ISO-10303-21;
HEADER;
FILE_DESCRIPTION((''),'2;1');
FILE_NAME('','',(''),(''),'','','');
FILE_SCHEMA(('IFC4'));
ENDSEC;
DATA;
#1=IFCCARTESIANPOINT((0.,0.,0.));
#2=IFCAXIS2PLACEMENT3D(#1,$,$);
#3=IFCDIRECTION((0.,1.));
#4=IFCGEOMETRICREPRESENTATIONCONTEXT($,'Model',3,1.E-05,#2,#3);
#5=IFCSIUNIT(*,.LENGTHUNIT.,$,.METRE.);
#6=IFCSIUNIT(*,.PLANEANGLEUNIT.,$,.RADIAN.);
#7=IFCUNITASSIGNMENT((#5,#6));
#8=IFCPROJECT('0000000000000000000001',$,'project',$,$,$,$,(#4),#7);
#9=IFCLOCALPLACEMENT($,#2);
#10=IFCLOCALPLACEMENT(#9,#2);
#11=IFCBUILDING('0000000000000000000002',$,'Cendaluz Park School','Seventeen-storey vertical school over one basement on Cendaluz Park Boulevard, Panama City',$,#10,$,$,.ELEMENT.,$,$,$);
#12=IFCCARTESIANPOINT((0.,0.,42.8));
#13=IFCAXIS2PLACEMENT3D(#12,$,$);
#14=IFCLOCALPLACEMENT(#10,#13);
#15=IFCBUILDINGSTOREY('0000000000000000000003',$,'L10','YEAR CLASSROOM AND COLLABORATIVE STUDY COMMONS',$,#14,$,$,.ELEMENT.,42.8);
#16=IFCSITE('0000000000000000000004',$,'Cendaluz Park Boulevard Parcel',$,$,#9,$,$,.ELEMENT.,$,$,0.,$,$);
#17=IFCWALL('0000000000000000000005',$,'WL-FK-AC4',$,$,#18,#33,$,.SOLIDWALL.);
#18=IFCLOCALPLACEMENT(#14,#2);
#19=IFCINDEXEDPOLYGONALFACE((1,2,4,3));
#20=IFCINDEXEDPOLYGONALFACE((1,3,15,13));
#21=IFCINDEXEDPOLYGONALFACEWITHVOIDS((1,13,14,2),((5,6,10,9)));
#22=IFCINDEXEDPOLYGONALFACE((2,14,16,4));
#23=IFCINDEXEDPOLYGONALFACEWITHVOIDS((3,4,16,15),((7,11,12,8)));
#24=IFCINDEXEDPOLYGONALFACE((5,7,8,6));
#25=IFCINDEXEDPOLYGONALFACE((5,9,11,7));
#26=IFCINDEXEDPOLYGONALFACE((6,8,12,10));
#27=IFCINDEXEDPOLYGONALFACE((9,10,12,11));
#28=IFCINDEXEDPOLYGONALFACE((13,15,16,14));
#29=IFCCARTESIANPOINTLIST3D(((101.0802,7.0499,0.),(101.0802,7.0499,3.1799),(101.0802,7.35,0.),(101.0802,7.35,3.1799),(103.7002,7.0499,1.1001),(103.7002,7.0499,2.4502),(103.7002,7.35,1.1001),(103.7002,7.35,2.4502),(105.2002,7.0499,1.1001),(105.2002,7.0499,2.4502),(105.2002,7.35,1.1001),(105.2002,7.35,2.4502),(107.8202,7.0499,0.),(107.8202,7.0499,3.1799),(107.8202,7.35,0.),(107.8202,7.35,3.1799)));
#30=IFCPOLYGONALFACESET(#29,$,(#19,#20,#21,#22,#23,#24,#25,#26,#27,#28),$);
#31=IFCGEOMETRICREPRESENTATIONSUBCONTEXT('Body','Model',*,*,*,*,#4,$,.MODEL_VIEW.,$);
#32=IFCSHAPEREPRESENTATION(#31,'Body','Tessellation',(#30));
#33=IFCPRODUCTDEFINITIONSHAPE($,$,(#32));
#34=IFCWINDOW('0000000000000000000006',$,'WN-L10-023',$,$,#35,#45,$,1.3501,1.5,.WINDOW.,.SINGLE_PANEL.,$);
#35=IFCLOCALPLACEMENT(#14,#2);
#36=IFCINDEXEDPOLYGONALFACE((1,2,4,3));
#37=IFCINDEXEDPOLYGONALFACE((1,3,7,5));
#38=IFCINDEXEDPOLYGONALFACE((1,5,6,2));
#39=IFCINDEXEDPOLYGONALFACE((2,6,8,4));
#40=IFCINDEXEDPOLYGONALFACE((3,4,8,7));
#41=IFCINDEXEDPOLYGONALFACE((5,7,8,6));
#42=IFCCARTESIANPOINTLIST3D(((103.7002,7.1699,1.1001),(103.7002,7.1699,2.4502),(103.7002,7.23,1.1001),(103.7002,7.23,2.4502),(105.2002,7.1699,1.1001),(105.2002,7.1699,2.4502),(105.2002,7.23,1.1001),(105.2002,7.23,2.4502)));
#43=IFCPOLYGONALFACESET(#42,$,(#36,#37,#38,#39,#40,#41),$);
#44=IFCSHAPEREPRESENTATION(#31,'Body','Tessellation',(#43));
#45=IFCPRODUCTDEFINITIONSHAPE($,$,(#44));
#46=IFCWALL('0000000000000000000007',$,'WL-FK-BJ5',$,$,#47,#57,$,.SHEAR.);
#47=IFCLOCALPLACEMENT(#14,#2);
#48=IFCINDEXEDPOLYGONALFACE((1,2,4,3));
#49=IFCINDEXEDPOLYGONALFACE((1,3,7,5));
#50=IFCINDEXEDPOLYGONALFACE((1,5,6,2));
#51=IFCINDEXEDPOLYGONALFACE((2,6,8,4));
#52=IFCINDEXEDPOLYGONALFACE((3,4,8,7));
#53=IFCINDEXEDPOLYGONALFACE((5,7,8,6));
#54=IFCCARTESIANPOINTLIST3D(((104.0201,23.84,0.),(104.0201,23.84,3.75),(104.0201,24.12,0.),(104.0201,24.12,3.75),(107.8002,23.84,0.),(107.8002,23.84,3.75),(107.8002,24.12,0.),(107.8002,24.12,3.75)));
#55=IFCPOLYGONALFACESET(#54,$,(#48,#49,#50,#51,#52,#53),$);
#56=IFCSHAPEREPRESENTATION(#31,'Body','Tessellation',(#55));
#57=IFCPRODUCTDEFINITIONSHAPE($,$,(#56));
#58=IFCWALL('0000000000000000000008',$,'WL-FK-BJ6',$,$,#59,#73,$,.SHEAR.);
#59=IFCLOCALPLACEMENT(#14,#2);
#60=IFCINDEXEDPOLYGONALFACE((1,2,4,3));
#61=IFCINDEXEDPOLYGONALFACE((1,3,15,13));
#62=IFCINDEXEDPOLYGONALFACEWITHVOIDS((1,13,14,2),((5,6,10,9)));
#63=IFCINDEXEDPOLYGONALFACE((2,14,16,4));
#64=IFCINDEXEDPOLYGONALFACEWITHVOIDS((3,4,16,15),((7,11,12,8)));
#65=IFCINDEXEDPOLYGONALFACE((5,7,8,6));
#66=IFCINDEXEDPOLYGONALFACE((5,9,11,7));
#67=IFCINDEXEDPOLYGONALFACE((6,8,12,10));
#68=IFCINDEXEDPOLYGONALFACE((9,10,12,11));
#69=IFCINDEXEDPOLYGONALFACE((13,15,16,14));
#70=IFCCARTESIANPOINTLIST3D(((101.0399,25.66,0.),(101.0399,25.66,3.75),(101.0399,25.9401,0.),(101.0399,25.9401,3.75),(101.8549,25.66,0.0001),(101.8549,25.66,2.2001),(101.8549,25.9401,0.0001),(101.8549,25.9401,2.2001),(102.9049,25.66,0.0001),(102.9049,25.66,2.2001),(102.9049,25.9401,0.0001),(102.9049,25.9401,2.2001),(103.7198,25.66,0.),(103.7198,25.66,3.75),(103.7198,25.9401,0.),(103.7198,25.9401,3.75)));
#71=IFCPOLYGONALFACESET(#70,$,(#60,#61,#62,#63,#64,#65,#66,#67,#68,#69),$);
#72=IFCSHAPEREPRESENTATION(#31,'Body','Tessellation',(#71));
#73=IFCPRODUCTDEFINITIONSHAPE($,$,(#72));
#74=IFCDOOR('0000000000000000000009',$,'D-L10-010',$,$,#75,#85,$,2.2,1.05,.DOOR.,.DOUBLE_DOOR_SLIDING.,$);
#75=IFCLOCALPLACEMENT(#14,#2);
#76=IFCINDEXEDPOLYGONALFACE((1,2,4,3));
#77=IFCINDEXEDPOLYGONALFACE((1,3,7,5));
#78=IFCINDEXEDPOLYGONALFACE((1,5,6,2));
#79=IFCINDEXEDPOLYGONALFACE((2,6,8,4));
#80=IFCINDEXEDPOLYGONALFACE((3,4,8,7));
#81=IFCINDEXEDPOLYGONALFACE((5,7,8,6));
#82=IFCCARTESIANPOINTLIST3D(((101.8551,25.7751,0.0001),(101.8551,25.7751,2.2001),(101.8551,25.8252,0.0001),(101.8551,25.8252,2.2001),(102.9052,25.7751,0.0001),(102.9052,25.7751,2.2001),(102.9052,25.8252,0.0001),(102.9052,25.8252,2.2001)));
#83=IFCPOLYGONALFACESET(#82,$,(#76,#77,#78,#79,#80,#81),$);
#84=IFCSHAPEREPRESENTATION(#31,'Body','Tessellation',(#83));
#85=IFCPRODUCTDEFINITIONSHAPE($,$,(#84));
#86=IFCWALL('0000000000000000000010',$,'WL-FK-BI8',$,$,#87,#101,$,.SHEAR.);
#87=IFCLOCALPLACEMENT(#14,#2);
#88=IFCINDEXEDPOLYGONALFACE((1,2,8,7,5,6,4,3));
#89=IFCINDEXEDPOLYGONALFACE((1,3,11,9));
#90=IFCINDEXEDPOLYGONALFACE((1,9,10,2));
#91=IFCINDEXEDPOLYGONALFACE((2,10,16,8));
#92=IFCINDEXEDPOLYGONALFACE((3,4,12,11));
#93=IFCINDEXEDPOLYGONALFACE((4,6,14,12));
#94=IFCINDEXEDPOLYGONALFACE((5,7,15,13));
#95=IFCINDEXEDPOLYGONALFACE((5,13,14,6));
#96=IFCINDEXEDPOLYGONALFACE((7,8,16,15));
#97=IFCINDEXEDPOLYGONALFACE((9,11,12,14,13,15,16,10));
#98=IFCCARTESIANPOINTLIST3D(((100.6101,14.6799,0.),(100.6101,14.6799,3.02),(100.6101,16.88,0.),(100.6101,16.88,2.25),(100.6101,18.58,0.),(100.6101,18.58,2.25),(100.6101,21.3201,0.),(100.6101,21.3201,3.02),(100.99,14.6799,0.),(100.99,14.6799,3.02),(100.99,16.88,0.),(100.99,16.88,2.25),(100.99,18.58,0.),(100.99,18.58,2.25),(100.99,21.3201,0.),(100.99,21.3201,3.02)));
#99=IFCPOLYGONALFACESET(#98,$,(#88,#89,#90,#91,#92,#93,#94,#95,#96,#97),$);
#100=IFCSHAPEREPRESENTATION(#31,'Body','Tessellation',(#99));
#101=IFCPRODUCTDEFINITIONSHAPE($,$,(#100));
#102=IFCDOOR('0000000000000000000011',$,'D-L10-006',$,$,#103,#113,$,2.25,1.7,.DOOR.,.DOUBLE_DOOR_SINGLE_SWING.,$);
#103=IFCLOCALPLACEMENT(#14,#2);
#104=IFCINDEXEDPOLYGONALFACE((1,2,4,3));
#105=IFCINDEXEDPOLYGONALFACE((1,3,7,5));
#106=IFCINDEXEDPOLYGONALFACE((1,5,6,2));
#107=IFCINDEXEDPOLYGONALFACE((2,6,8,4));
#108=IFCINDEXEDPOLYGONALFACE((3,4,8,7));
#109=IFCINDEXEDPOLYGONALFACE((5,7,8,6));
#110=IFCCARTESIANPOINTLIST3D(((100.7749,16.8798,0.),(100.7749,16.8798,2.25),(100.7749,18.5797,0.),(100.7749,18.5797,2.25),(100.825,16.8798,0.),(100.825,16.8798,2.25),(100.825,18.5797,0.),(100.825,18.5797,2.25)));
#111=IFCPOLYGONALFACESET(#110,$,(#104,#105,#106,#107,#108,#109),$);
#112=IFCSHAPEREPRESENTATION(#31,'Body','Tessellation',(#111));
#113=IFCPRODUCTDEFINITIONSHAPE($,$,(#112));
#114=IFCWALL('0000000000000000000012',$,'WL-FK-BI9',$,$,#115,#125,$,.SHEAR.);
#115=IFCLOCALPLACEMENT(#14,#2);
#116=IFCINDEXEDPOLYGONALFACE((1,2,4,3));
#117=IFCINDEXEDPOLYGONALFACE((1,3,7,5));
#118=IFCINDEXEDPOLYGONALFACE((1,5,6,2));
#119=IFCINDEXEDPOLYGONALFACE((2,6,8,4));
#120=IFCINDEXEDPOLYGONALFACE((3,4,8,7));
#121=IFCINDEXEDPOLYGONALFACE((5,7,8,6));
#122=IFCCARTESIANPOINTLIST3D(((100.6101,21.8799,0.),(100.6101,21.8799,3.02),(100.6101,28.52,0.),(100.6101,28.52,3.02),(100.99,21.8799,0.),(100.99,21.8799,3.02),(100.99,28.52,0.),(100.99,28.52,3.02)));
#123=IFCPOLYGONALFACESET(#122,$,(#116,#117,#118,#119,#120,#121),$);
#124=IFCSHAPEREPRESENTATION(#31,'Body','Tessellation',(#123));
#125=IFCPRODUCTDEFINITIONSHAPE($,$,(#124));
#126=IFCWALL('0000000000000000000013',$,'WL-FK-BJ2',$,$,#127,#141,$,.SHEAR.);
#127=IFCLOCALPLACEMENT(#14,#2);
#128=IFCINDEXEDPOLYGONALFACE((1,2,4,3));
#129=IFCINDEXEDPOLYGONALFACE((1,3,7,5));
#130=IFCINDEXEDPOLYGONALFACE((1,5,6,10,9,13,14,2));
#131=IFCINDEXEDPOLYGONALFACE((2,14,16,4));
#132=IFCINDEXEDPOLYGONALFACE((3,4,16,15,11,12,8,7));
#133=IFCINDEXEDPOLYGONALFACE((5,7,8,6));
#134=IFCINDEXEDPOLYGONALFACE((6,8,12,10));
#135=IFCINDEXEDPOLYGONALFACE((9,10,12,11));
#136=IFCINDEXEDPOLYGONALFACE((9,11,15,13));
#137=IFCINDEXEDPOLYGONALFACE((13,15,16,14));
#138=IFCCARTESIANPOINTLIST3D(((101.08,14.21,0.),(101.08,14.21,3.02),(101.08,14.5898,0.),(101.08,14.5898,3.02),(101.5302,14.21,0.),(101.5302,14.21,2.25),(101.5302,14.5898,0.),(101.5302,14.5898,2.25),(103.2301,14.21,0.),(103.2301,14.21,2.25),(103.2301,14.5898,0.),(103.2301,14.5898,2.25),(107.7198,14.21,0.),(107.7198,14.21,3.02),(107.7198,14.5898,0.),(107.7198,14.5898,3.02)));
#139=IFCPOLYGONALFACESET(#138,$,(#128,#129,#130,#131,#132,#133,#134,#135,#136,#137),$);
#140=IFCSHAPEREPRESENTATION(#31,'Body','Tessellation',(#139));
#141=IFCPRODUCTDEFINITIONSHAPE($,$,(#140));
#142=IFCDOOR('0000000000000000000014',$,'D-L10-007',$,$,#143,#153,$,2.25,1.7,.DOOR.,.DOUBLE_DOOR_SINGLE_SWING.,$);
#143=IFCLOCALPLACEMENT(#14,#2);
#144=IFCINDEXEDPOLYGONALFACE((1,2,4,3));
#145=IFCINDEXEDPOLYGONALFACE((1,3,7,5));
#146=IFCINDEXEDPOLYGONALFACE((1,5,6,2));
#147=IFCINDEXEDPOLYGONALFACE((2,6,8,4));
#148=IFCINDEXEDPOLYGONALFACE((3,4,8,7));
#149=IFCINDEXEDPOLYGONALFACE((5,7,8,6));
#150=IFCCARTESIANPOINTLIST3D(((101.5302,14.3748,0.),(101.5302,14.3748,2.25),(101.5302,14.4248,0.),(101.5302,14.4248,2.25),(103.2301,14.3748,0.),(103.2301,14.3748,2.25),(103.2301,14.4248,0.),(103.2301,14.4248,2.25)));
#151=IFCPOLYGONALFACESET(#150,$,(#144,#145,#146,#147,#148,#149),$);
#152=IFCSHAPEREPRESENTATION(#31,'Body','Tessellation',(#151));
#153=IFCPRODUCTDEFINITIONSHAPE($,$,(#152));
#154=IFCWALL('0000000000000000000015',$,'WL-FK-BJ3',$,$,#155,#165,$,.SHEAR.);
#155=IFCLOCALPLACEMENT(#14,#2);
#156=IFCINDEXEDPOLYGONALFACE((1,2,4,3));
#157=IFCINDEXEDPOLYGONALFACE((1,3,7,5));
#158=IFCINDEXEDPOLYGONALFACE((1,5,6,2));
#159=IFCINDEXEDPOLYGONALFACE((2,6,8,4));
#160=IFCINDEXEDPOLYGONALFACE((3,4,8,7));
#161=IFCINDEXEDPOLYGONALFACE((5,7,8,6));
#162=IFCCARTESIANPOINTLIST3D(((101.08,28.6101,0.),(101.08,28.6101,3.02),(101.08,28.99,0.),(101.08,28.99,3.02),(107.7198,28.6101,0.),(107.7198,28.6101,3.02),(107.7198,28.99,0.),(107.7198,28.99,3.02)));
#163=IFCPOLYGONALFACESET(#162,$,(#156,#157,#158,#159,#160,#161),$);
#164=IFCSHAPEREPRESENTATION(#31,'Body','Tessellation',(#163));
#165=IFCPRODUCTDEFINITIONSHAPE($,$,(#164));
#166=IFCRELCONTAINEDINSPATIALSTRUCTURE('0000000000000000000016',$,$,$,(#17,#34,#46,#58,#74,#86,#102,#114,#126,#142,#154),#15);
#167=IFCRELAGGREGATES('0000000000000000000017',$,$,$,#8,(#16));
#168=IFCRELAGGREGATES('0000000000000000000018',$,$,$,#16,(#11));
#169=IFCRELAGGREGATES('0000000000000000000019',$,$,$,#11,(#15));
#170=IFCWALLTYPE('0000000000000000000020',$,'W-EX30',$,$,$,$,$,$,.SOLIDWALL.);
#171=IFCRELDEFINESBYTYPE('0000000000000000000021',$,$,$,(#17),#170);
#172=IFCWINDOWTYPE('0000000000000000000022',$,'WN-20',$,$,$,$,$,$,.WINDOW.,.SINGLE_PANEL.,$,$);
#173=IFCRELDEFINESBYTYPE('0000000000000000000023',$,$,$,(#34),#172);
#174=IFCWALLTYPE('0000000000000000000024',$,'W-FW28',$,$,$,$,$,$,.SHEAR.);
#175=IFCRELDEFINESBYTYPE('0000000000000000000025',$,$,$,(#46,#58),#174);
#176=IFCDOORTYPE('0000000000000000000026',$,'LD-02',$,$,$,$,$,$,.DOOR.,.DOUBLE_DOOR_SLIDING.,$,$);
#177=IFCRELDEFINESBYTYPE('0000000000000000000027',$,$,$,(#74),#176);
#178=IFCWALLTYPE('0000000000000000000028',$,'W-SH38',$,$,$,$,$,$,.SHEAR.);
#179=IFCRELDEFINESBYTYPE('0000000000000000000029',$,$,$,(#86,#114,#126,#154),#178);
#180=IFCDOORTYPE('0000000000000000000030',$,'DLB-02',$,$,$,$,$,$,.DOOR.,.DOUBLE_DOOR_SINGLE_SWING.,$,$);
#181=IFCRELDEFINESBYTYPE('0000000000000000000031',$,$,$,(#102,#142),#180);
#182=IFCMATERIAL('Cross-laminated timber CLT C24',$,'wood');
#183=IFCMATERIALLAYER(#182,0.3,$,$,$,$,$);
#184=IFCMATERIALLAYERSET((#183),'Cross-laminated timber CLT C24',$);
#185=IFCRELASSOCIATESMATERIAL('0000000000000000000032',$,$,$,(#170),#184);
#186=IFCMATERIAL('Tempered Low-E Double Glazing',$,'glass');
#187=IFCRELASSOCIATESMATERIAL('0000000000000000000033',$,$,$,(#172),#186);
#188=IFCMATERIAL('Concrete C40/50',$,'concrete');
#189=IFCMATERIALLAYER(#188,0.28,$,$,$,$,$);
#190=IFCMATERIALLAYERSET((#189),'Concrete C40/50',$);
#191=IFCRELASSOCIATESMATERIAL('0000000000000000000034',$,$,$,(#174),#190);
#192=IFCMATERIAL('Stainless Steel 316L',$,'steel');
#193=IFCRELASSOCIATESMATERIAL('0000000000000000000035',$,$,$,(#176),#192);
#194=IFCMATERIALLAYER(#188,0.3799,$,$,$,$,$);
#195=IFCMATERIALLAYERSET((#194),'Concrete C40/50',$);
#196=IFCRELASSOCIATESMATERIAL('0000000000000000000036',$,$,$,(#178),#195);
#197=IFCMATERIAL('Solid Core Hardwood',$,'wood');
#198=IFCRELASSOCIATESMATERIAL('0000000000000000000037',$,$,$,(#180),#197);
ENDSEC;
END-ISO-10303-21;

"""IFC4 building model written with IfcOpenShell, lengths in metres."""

from ifc_helpers import new_model, si_unit, direction, frame, frame_2d, origin, place, context, subcontext, project, spatial, rectangle, extrude, material, layer, layer_set, type_object, element, fill, save


model = new_model("IFC4")

# Units and contexts
model_context = context("Model", 3, precision=1e-05, world=origin(), true_north=direction((0.0, 1.0)))
body_context = subcontext(model_context, "Body", "Model", "MODEL_VIEW")
ifc_project = project(units=[si_unit("LENGTHUNIT", "METRE"), si_unit("PLANEANGLEUNIT", "RADIAN")], contexts=[model_context])

# Site, building, storey
site_placement = place(None, origin())
site = spatial("IfcSite", under=ifc_project, at=site_placement, Name="Cendaluz Park Boulevard Parcel", CompositionType="ELEMENT", RefElevation=0.0)
building_placement = place(site_placement, origin())
building = spatial("IfcBuilding", under=site, at=building_placement, Name="Cendaluz Park School", Description="Seventeen-storey vertical school over one basement on Cendaluz Park Boulevard, Panama City", CompositionType="ELEMENT")
storey_placement = place(building_placement, frame((0.0, 0.0, 42.8)))
storey = spatial("IfcBuildingStorey", under=building, at=storey_placement, Name="L10", Description="YEAR CLASSROOM AND COLLABORATIVE STUDY COMMONS", CompositionType="ELEMENT", Elevation=42.8)

# Shared definitions
ifc_material_1 = material(Name="Solid Core Hardwood", Category="wood")

# Wall, opening, window
ifc_material_2 = material(Name="Cross-laminated timber CLT C24", Category="wood")
ifc_layer_1 = layer(ifc_material_2, 0.3)
ifc_layer_set_1 = layer_set([ifc_layer_1], Name="Cross-laminated timber CLT C24")
wall_type_1 = type_object("IfcWallType", Name="W-EX30", PredefinedType="SOLIDWALL", material=ifc_layer_set_1)
wall_1_placement = place(storey_placement, frame((101.0801, 7.2, 0.0), z_axis=(0.0, 0.0, 1.0), x_axis=(1.0, 0.0, 0.0)))
wall_1 = element("IfcWall", 1, at=wall_1_placement, inside=storey, type_object=wall_type_1, Name="WL-FK-AC4", PredefinedType="SOLIDWALL", context=body_context, shape_type="SweptSolid", body=[
    extrude(rectangle(XDim=6.74, YDim=0.3, at=frame_2d((3.3701, 0.0))), origin(), (0.0, 0.0, 1.0), 3.1799),
])
opening_1_placement = place(wall_1_placement, frame((2.6201, 0.0, 1.1001)))
opening_1 = element("IfcOpeningElement", 2, at=opening_1_placement, cuts=wall_1, PredefinedType="OPENING", context=body_context, shape_type="SweptSolid", body=[
    extrude(rectangle(XDim=1.5, YDim=1.3501, at=frame_2d((0.75, 0.675))), frame((0.0, 0.1621, 0.0), z_axis=(0.0, -1.0, 0.0), x_axis=(1.0, 0.0, 0.0)), (0.0, 0.0, 1.0), 0.324),
])
ifc_material_3 = material(Name="Tempered Low-E Double Glazing", Category="glass")
window_type = type_object("IfcWindowType", Name="WN-20", PartitioningType="SINGLE_PANEL", PredefinedType="WINDOW", material=ifc_material_3)
window_placement = place(opening_1_placement, origin())
window = element("IfcWindow", 3, at=window_placement, inside=storey, type_object=window_type, Name="WN-L10-023", OverallHeight=1.3501, OverallWidth=1.5, PartitioningType="SINGLE_PANEL", PredefinedType="WINDOW", context=body_context, shape_type="SweptSolid", body=[
    extrude(rectangle(XDim=1.5, YDim=1.3501, at=frame_2d((0.75, 0.675))), frame((0.0, 0.03, 0.0), z_axis=(0.0, -1.0, 0.0), x_axis=(1.0, 0.0, 0.0)), (0.0, 0.0, 1.0), 0.0601),
])
fill(opening_1, window)

# Shared definitions
ifc_material_4 = material(Name="Concrete C40/50", Category="concrete")
ifc_layer_2 = layer(ifc_material_4, 0.28)
ifc_layer_set_2 = layer_set([ifc_layer_2], Name="Concrete C40/50")
wall_type_2 = type_object("IfcWallType", Name="W-FW28", PredefinedType="SHEAR", material=ifc_layer_set_2)

# Wall
wall_2_placement = place(storey_placement, frame((104.02, 23.98, 0.0), z_axis=(0.0, 0.0, 1.0), x_axis=(1.0, 0.0, 0.0)))
element("IfcWall", 4, at=wall_2_placement, inside=storey, type_object=wall_type_2, Name="WL-FK-BJ5", PredefinedType="SHEAR", context=body_context, shape_type="SweptSolid", body=[
    extrude(rectangle(XDim=3.78, YDim=0.28, at=frame_2d((1.8901, 0.0))), origin(), (0.0, 0.0, 1.0), 3.75),
])

# Walls, openings, doors
wall_3_placement = place(storey_placement, frame((101.04, 25.8, 0.0), z_axis=(0.0, 0.0, 1.0), x_axis=(1.0, 0.0, 0.0)))
wall_3 = element("IfcWall", 5, at=wall_3_placement, inside=storey, type_object=wall_type_2, Name="WL-FK-BJ6", PredefinedType="SHEAR", context=body_context, shape_type="SweptSolid", body=[
    extrude(rectangle(XDim=2.6799, YDim=0.28, at=frame_2d((1.3398, 0.0))), origin(), (0.0, 0.0, 1.0), 3.75),
])
opening_2_placement = place(wall_3_placement, frame((0.8149, 0.0, 0.0)))
opening_2 = element("IfcOpeningElement", 6, at=opening_2_placement, cuts=wall_3, PredefinedType="OPENING", context=body_context, shape_type="SweptSolid", body=[
    extrude(rectangle(XDim=1.05, YDim=2.2, at=frame_2d((0.5249, 1.1001))), frame((0.0, 0.1521, 0.0), z_axis=(0.0, -1.0, 0.0), x_axis=(1.0, 0.0, 0.0)), (0.0, 0.0, 1.0), 0.304),
])
ifc_material_5 = material(Name="Stainless Steel 316L", Category="steel")
door_type_1 = type_object("IfcDoorType", Name="LD-02", OperationType="DOUBLE_DOOR_SLIDING", PredefinedType="DOOR", material=ifc_material_5)
door_1_placement = place(opening_2_placement, frame((1.05, 0.0, 0.0), z_axis=(0.0, 0.0, 1.0), x_axis=(-1.0, 0.0, 0.0)))
door_1 = element("IfcDoor", 7, at=door_1_placement, inside=storey, type_object=door_type_1, Name="D-L10-010", OperationType="DOUBLE_DOOR_SLIDING", OverallHeight=2.2, OverallWidth=1.05, PredefinedType="DOOR", context=body_context, shape_type="SweptSolid", body=[
    extrude(rectangle(XDim=1.05, YDim=2.2, at=frame_2d((0.5249, 1.1001))), frame((0.0, 0.0249, 0.0), z_axis=(0.0, -1.0, 0.0), x_axis=(1.0, 0.0, 0.0)), (0.0, 0.0, 1.0), 0.05),
])
fill(opening_2, door_1)
ifc_layer_3 = layer(ifc_material_4, 0.3799)
ifc_layer_set_3 = layer_set([ifc_layer_3], Name="Concrete C40/50")
wall_type_3 = type_object("IfcWallType", Name="W-SH38", PredefinedType="SHEAR", material=ifc_layer_set_3)
wall_4_placement = place(storey_placement, frame((100.8, 14.6799, 0.0), z_axis=(0.0, 0.0, 1.0), x_axis=(0.0, 1.0, 0.0)))
wall_4 = element("IfcWall", 8, at=wall_4_placement, inside=storey, type_object=wall_type_3, Name="WL-FK-BI8", PredefinedType="SHEAR", context=body_context, shape_type="SweptSolid", body=[
    extrude(rectangle(XDim=6.6401, YDim=0.3799, at=frame_2d((3.3201, 0.0))), origin(), (0.0, 0.0, 1.0), 3.02),
])
opening_3_placement = place(wall_4_placement, frame((2.2, 0.0, 0.0)))
opening_3 = element("IfcOpeningElement", 9, at=opening_3_placement, cuts=wall_4, PredefinedType="OPENING", context=body_context, shape_type="SweptSolid", body=[
    extrude(rectangle(XDim=1.7, YDim=2.25, at=frame_2d((0.8501, 1.125))), frame((0.0, 0.2019, 0.0), z_axis=(0.0, -1.0, 0.0), x_axis=(1.0, 0.0, 0.0)), (0.0, 0.0, 1.0), 0.4038),
])
door_type_2 = type_object("IfcDoorType", Name="DLB-02", OperationType="DOUBLE_DOOR_SINGLE_SWING", PredefinedType="DOOR", material=ifc_material_1)
door_2_placement = place(opening_3_placement, frame((1.7, 0.0, 0.0), z_axis=(0.0, 0.0, 1.0), x_axis=(-1.0, 0.0, 0.0)))
door_2 = element("IfcDoor", 10, at=door_2_placement, inside=storey, type_object=door_type_2, Name="D-L10-006", OperationType="DOUBLE_DOOR_SINGLE_SWING", OverallHeight=2.25, OverallWidth=1.7, PredefinedType="DOOR", context=body_context, shape_type="SweptSolid", body=[
    extrude(rectangle(XDim=1.7, YDim=2.25, at=frame_2d((0.8501, 1.125))), frame((0.0, 0.0249, 0.0), z_axis=(0.0, -1.0, 0.0), x_axis=(1.0, 0.0, 0.0)), (0.0, 0.0, 1.0), 0.05),
])
fill(opening_3, door_2)

# Wall
wall_5_placement = place(storey_placement, frame((100.8, 21.8799, 0.0), z_axis=(0.0, 0.0, 1.0), x_axis=(0.0, 1.0, 0.0)))
element("IfcWall", 11, at=wall_5_placement, inside=storey, type_object=wall_type_3, Name="WL-FK-BI9", PredefinedType="SHEAR", context=body_context, shape_type="SweptSolid", body=[
    extrude(rectangle(XDim=6.6401, YDim=0.3799, at=frame_2d((3.3201, 0.0))), origin(), (0.0, 0.0, 1.0), 3.02),
])

# Wall, opening, door
wall_6_placement = place(storey_placement, frame((101.0801, 14.3999, 0.0), z_axis=(0.0, 0.0, 1.0), x_axis=(1.0, 0.0, 0.0)))
wall_6 = element("IfcWall", 12, at=wall_6_placement, inside=storey, type_object=wall_type_3, Name="WL-FK-BJ2", PredefinedType="SHEAR", context=body_context, shape_type="SweptSolid", body=[
    extrude(rectangle(XDim=6.6399, YDim=0.3799, at=frame_2d((3.3198, 0.0))), origin(), (0.0, 0.0, 1.0), 3.02),
])
opening_4_placement = place(wall_6_placement, frame((0.45, 0.0, 0.0)))
opening_4 = element("IfcOpeningElement", 13, at=opening_4_placement, cuts=wall_6, PredefinedType="OPENING", context=body_context, shape_type="SweptSolid", body=[
    extrude(rectangle(XDim=1.7, YDim=2.25, at=frame_2d((0.8501, 1.125))), frame((0.0, 0.2019, 0.0), z_axis=(0.0, -1.0, 0.0), x_axis=(1.0, 0.0, 0.0)), (0.0, 0.0, 1.0), 0.4038),
])
door_3_placement = place(opening_4_placement, origin())
door_3 = element("IfcDoor", 14, at=door_3_placement, inside=storey, type_object=door_type_2, Name="D-L10-007", OperationType="DOUBLE_DOOR_SINGLE_SWING", OverallHeight=2.25, OverallWidth=1.7, PredefinedType="DOOR", context=body_context, shape_type="SweptSolid", body=[
    extrude(rectangle(XDim=1.7, YDim=2.25, at=frame_2d((0.8501, 1.125))), frame((0.0, 0.0249, 0.0), z_axis=(0.0, -1.0, 0.0), x_axis=(1.0, 0.0, 0.0)), (0.0, 0.0, 1.0), 0.05),
])
fill(opening_4, door_3)

# Wall
wall_7_placement = place(storey_placement, frame((101.0801, 28.8, 0.0), z_axis=(0.0, 0.0, 1.0), x_axis=(1.0, 0.0, 0.0)))
element("IfcWall", 15, at=wall_7_placement, inside=storey, type_object=wall_type_3, Name="WL-FK-BJ3", PredefinedType="SHEAR", context=body_context, shape_type="SweptSolid", body=[
    extrude(rectangle(XDim=6.6399, YDim=0.3799, at=frame_2d((3.3198, 0.0))), origin(), (0.0, 0.0, 1.0), 3.02),
])

save(model, "model.ifc")
